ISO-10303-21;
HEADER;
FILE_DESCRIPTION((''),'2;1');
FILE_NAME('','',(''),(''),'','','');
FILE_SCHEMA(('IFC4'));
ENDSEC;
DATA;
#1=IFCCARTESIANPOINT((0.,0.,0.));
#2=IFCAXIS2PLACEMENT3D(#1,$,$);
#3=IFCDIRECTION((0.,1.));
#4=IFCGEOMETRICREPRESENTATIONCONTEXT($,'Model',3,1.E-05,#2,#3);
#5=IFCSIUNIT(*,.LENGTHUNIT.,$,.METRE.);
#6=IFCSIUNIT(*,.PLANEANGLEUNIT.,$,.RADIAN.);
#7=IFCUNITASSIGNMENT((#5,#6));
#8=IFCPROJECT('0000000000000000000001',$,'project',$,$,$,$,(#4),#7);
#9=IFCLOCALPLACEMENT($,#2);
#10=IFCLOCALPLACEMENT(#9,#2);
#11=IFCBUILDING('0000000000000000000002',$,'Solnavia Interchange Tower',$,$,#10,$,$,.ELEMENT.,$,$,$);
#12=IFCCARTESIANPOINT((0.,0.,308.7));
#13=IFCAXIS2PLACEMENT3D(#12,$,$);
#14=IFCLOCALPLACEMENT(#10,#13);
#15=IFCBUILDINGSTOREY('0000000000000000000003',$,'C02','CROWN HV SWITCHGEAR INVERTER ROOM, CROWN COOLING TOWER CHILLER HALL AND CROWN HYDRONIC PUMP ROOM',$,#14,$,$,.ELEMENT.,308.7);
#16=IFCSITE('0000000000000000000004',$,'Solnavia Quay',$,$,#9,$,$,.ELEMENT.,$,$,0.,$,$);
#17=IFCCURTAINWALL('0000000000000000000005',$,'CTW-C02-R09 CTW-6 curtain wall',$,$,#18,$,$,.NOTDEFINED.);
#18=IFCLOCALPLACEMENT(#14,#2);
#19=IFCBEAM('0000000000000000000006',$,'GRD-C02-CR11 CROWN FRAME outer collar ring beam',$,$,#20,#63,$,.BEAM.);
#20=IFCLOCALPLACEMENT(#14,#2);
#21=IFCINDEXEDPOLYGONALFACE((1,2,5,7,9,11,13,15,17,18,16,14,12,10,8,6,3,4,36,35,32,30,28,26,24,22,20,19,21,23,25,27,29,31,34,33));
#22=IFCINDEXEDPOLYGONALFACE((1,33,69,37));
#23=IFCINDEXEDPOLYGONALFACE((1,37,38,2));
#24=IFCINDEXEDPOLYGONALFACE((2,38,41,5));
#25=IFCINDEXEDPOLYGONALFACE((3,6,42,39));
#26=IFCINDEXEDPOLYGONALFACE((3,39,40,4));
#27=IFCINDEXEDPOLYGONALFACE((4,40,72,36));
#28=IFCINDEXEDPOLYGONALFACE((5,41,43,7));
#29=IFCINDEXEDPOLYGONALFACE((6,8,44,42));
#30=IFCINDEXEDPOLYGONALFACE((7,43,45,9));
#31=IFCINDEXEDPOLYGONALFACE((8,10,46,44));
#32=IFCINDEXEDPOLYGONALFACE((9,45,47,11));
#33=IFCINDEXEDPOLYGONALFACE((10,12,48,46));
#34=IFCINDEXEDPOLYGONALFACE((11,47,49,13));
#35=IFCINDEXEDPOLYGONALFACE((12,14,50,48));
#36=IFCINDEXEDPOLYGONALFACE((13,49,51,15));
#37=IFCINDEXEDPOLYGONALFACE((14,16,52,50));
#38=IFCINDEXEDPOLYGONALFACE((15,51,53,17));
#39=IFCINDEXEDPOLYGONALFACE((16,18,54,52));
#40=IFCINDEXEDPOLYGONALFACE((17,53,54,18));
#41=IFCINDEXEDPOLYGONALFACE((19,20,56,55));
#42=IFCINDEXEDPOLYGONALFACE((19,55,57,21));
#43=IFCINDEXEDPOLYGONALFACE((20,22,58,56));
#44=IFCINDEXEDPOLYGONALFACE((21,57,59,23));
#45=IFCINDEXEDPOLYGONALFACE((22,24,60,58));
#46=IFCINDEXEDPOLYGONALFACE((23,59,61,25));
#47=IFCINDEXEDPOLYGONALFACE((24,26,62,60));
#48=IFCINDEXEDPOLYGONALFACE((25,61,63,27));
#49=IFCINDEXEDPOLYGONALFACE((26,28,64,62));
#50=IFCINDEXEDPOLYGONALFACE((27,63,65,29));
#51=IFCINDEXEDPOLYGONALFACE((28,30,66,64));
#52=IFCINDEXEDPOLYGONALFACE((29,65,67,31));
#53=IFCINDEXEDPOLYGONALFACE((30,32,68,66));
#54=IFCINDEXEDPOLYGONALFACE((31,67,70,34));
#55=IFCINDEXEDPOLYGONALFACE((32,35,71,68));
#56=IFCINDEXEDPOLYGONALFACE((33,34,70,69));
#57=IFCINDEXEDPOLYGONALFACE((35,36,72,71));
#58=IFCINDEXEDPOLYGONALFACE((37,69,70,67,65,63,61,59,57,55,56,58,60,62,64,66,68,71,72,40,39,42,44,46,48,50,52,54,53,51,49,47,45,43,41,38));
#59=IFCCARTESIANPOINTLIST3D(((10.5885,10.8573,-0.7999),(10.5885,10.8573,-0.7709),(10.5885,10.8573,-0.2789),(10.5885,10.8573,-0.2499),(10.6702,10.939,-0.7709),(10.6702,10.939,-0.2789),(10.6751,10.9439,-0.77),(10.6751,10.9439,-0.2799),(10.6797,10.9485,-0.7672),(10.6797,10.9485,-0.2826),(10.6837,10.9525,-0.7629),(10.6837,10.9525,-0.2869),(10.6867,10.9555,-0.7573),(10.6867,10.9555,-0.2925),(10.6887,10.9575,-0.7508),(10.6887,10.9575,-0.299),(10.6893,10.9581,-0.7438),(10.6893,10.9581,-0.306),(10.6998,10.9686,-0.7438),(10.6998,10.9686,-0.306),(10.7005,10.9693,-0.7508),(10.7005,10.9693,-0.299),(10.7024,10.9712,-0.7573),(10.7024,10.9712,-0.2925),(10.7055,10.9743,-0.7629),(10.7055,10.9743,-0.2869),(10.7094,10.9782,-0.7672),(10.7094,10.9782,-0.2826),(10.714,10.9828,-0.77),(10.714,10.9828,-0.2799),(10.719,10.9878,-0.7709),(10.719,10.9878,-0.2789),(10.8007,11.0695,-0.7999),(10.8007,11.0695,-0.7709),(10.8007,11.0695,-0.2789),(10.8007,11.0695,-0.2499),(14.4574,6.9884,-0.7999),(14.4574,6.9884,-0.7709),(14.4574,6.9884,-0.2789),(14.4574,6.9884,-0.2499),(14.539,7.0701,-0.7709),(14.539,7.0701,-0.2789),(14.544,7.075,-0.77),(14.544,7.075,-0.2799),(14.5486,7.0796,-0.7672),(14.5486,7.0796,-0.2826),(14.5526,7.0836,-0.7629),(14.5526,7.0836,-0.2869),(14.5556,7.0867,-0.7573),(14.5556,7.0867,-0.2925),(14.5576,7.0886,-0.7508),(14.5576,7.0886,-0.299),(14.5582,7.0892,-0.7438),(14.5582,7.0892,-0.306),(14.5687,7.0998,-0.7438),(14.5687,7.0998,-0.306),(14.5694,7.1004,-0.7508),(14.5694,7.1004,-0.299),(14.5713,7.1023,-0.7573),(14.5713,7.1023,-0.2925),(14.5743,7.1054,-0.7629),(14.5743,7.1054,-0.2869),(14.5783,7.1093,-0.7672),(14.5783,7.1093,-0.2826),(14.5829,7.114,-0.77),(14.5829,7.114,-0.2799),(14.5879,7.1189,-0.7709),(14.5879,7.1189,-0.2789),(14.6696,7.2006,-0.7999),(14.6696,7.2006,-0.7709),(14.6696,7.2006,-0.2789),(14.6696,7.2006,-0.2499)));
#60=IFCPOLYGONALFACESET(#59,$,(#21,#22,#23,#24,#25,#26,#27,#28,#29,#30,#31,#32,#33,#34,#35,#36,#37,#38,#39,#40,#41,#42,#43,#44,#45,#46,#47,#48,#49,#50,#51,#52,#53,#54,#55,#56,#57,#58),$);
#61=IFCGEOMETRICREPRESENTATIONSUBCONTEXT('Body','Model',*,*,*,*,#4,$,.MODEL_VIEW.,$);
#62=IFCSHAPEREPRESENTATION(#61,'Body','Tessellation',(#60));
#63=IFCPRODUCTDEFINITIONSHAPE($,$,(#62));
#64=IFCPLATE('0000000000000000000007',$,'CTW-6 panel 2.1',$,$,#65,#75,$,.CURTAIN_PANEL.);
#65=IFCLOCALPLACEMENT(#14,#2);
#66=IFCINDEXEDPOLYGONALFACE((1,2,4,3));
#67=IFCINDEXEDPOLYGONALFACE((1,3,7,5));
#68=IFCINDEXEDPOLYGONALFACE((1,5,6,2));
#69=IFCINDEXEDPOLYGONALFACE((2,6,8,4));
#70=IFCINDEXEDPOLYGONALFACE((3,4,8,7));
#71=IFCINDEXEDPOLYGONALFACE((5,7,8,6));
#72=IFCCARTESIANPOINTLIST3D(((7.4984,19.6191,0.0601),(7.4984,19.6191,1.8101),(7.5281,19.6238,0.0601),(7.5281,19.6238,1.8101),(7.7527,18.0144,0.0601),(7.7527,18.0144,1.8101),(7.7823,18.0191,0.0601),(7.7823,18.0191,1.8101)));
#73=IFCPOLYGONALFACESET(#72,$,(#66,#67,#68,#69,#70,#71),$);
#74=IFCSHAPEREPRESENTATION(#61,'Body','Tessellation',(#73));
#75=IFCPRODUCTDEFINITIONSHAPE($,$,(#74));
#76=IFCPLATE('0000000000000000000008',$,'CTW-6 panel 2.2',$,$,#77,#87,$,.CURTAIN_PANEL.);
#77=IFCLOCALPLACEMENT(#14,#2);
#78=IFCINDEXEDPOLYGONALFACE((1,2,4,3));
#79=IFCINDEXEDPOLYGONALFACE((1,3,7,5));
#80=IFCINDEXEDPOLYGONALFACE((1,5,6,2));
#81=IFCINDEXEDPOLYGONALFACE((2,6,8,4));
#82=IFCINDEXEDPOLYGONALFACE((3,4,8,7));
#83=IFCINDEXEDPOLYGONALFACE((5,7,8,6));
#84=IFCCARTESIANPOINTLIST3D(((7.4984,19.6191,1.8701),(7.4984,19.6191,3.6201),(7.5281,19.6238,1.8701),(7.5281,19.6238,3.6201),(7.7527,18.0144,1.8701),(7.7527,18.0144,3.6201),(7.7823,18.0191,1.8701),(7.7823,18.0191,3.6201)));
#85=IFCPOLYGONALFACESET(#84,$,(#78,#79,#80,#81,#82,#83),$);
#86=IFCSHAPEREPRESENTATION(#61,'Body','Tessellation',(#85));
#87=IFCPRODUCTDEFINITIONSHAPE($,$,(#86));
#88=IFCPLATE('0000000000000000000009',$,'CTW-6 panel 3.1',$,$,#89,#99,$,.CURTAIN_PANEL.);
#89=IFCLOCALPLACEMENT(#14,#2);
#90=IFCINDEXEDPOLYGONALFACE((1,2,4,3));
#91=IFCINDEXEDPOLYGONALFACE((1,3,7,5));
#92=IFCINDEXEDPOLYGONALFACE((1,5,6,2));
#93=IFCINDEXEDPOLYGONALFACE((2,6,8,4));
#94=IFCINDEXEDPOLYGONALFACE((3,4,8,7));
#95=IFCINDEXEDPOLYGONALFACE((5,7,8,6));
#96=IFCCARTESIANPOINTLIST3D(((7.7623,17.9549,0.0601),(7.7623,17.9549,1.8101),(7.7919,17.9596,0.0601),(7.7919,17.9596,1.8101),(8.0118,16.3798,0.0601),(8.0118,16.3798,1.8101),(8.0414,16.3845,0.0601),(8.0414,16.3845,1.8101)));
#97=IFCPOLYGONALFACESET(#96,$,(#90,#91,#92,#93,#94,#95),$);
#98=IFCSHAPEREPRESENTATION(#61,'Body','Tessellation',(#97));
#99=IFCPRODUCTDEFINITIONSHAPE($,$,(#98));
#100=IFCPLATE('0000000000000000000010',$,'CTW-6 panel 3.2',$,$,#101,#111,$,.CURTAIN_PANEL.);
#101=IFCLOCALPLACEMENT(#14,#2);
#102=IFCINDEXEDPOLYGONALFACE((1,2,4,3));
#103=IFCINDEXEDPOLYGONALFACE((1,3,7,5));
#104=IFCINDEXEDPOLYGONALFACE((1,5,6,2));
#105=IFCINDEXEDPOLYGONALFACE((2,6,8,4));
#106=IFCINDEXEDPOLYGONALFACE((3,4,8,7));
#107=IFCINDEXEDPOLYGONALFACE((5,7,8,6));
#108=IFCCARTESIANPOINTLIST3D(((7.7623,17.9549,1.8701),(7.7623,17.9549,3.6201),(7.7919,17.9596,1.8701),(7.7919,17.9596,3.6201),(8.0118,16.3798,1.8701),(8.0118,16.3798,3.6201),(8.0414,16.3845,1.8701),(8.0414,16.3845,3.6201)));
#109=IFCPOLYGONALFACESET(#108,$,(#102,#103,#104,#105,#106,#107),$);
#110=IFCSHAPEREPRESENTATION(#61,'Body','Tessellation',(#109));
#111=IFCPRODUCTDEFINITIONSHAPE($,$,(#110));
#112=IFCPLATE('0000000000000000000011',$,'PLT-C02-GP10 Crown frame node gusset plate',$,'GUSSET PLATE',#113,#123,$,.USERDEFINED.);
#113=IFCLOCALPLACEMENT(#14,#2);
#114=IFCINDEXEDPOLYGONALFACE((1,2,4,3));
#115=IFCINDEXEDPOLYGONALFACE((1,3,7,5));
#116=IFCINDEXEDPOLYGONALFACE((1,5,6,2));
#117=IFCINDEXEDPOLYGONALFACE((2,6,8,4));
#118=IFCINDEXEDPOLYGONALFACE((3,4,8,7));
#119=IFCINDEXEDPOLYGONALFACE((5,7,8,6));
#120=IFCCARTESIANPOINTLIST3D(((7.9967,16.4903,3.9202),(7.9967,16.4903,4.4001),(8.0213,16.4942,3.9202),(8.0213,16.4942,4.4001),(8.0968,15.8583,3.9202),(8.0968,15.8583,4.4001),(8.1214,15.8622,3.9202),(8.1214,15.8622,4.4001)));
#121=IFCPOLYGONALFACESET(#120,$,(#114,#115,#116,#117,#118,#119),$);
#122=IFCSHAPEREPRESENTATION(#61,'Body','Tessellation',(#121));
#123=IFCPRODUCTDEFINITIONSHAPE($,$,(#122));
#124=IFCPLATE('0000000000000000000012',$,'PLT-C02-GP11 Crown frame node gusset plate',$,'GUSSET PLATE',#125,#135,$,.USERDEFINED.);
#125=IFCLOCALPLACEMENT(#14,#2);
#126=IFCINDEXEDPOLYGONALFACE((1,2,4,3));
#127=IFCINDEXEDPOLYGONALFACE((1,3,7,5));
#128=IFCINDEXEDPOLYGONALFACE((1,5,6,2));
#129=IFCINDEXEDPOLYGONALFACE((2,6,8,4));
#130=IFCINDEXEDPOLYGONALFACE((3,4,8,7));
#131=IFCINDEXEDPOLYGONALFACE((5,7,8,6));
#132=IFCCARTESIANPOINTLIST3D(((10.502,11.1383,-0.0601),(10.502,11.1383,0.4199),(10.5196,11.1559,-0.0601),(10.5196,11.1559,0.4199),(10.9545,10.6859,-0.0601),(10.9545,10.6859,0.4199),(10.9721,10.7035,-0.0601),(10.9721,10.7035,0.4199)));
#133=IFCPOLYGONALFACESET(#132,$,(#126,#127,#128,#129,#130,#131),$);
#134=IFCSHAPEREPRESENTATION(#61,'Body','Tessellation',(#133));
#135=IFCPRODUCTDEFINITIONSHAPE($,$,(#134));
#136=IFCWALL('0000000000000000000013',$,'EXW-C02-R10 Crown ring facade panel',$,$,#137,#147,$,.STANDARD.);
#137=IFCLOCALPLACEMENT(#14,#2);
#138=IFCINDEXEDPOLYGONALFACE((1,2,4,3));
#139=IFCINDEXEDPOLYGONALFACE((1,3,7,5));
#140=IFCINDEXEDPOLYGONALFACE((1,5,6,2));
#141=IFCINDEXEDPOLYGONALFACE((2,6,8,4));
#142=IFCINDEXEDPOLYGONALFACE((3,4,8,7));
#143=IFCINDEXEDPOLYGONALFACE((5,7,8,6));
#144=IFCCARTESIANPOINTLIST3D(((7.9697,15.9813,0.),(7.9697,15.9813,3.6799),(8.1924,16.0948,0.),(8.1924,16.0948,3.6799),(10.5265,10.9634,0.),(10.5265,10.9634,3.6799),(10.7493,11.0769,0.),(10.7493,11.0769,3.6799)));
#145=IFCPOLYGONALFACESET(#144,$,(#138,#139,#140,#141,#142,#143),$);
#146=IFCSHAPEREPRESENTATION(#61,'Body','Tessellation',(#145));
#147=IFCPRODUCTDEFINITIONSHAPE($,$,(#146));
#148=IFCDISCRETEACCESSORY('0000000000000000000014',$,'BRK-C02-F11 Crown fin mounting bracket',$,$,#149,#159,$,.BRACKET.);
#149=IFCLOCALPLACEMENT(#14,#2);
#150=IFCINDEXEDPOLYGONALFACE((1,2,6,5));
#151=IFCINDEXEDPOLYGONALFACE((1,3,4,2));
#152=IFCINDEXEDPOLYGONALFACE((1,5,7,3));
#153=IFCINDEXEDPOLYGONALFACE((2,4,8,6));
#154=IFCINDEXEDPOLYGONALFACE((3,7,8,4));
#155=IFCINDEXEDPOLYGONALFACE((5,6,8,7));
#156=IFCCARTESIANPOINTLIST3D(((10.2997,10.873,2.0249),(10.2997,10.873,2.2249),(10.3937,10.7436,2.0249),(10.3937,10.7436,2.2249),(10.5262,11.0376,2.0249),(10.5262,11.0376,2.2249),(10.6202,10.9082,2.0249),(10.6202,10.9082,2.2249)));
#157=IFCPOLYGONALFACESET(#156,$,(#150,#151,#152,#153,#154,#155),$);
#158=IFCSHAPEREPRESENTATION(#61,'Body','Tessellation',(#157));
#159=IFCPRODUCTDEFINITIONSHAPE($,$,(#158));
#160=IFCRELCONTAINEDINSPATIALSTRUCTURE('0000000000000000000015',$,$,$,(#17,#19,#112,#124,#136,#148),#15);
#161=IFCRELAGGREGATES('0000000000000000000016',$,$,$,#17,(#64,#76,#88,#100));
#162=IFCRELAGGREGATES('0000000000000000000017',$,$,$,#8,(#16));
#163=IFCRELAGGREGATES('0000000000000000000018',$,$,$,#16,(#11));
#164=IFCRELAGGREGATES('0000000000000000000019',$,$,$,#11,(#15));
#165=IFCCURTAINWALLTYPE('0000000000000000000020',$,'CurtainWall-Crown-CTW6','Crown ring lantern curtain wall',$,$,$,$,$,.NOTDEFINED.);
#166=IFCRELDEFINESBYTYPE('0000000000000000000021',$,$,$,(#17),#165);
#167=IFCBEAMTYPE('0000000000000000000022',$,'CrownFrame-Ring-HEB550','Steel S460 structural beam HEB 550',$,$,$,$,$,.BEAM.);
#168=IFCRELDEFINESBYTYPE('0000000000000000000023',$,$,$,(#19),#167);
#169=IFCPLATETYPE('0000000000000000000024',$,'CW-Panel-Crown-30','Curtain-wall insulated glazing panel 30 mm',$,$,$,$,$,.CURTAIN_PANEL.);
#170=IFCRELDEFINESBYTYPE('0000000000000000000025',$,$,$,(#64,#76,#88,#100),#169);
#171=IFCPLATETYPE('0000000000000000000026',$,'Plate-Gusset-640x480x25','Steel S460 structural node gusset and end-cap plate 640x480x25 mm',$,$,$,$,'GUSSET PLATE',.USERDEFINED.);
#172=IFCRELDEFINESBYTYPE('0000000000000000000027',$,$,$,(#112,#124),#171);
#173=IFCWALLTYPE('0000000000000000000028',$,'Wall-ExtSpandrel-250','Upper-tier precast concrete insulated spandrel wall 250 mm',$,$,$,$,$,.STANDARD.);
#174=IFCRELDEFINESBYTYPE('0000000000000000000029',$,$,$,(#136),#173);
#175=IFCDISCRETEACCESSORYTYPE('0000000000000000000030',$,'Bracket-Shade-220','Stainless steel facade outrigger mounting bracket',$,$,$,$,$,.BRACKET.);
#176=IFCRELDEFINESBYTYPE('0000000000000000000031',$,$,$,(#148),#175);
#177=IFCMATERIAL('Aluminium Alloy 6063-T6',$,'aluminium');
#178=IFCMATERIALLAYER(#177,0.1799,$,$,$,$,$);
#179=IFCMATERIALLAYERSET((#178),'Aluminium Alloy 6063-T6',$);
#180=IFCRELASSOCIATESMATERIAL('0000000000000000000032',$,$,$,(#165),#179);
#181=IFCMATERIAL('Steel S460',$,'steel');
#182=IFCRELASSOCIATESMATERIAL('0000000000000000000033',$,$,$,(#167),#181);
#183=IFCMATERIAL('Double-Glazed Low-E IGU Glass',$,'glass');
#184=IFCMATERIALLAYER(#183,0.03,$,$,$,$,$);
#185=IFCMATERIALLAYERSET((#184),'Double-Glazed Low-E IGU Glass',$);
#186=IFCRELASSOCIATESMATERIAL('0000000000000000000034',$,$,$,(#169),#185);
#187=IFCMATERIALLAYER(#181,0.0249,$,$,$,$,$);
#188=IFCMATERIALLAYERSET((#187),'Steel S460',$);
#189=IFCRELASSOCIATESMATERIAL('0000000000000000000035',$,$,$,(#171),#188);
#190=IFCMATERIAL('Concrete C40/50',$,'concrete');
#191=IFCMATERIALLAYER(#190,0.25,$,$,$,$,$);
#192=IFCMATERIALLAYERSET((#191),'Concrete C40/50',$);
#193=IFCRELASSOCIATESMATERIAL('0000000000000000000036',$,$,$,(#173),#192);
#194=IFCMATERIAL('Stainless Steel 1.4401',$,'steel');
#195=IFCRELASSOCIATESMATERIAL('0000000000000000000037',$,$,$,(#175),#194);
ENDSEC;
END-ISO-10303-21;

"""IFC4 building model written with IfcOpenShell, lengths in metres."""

from ifc_helpers import new_model, si_unit, direction, frame, frame_2d, origin, origin_2d, place, context, subcontext, project, spatial, rectangle, i_section, extrude, material, layer, layer_set, material_profile, profile_set, type_object, element, aggregate, save


model = new_model("IFC4")

# Units and contexts
model_context = context("Model", 3, precision=1e-05, world=origin(), true_north=direction((0.0, 1.0)))
body_context = subcontext(model_context, "Body", "Model", "MODEL_VIEW")
ifc_project = project(units=[si_unit("LENGTHUNIT", "METRE"), si_unit("PLANEANGLEUNIT", "RADIAN")], contexts=[model_context])

# Site, building, storey
site_placement = place(None, origin())
site = spatial("IfcSite", under=ifc_project, at=site_placement, Name="Solnavia Quay", CompositionType="ELEMENT", RefElevation=0.0)
building_placement = place(site_placement, origin())
building = spatial("IfcBuilding", under=site, at=building_placement, Name="Solnavia Interchange Tower", CompositionType="ELEMENT")
storey_placement = place(building_placement, frame((0.0, 0.0, 308.7)))
storey = spatial("IfcBuildingStorey", under=building, at=storey_placement, Name="C02", Description="CROWN HV SWITCHGEAR INVERTER ROOM, CROWN COOLING TOWER CHILLER HALL AND CROWN HYDRONIC PUMP ROOM", CompositionType="ELEMENT", Elevation=308.7)

# Shared definitions
ifc_material_1 = material(Name="Steel S460", Category="steel")

# Curtain wall
ifc_material_2 = material(Name="Aluminium Alloy 6063-T6", Category="aluminium")
ifc_layer_1 = layer(ifc_material_2, 0.1799)
ifc_layer_set_1 = layer_set([ifc_layer_1], Name="Aluminium Alloy 6063-T6")
curtain_wall_type = type_object("IfcCurtainWallType", Name="CurtainWall-Crown-CTW6", Description="Crown ring lantern curtain wall", PredefinedType="NOTDEFINED", material=ifc_layer_set_1)
curtain_wall_placement = place(storey_placement, origin())
curtain_wall = element("IfcCurtainWall", 1, at=curtain_wall_placement, inside=storey, type_object=curtain_wall_type, Name="CTW-C02-R09 CTW-6 curtain wall", PredefinedType="NOTDEFINED")

# Beam
ifc_material_profile_1 = material_profile(ifc_material_1, i_section(OverallWidth=0.3, OverallDepth=0.55, WebThickness=0.0149, FlangeThickness=0.0291, FilletRadius=0.0271, at=origin_2d()), Name="HEB 550")
ifc_profile_set_1 = profile_set([ifc_material_profile_1], Name="Steel S460")
beam_type = type_object("IfcBeamType", Name="CrownFrame-Ring-HEB550", Description="Steel S460 structural beam HEB 550", PredefinedType="BEAM", material=ifc_profile_set_1)
beam_1_placement = place(storey_placement, frame((10.6946, 10.9634, -0.5249), z_axis=(0.707107, -0.707107, 0.0), x_axis=(0.707107, 0.707107, 0.0)))
element("IfcBeam", 2, at=beam_1_placement, inside=storey, type_object=beam_type, Name="GRD-C02-CR11 CROWN FRAME outer collar ring beam", PredefinedType="BEAM", context=body_context, shape_type="SweptSolid", body=[
    extrude(i_section(OverallWidth=0.3, OverallDepth=0.55, WebThickness=0.0149, FlangeThickness=0.0291, FilletRadius=0.0271, at=origin_2d()), origin(), (0.0, 0.0, 1.0), 5.4714),
])

# Plates
ifc_material_3 = material(Name="Double-Glazed Low-E IGU Glass", Category="glass")
ifc_layer_2 = layer(ifc_material_3, 0.03)
ifc_layer_set_2 = layer_set([ifc_layer_2], Name="Double-Glazed Low-E IGU Glass")
plate_type_1 = type_object("IfcPlateType", Name="CW-Panel-Crown-30", Description="Curtain-wall insulated glazing panel 30 mm", PredefinedType="CURTAIN_PANEL", material=ifc_layer_set_2)
plate_1_placement = place(storey_placement, frame((7.6404, 18.8191, 0.0601), z_axis=(0.0, 0.0, 1.0), x_axis=(0.156456, -0.987685, 0.0)))
plate_1 = element("IfcPlate", 3, at=plate_1_placement, type_object=plate_type_1, Name="CTW-6 panel 2.1", PredefinedType="CURTAIN_PANEL", context=body_context, shape_type="SweptSolid", body=[
    extrude(rectangle(XDim=1.6248, YDim=0.03, at=origin_2d()), origin(), (0.0, 0.0, 1.0), 1.75),
])
plate_2_placement = place(storey_placement, frame((7.6404, 18.8191, 1.8701), z_axis=(0.0, 0.0, 1.0), x_axis=(0.156456, -0.987685, 0.0)))
plate_2 = element("IfcPlate", 4, at=plate_2_placement, type_object=plate_type_1, Name="CTW-6 panel 2.2", PredefinedType="CURTAIN_PANEL", context=body_context, shape_type="SweptSolid", body=[
    extrude(rectangle(XDim=1.6248, YDim=0.03, at=origin_2d()), origin(), (0.0, 0.0, 1.0), 1.75),
])
plate_3_placement = place(storey_placement, frame((7.9019, 17.1697, 0.0601), z_axis=(0.0, 0.0, 1.0), x_axis=(0.156456, -0.987685, 0.0)))
plate_3 = element("IfcPlate", 5, at=plate_3_placement, type_object=plate_type_1, Name="CTW-6 panel 3.1", PredefinedType="CURTAIN_PANEL", context=body_context, shape_type="SweptSolid", body=[
    extrude(rectangle(XDim=1.5947, YDim=0.03, at=origin_2d()), origin(), (0.0, 0.0, 1.0), 1.75),
])
plate_4_placement = place(storey_placement, frame((7.9019, 17.1697, 1.8701), z_axis=(0.0, 0.0, 1.0), x_axis=(0.156456, -0.987685, 0.0)))
plate_4 = element("IfcPlate", 6, at=plate_4_placement, type_object=plate_type_1, Name="CTW-6 panel 3.2", PredefinedType="CURTAIN_PANEL", context=body_context, shape_type="SweptSolid", body=[
    extrude(rectangle(XDim=1.5947, YDim=0.03, at=origin_2d()), origin(), (0.0, 0.0, 1.0), 1.75),
])
aggregate(curtain_wall, [plate_1, plate_2, plate_3, plate_4])

# Plates
ifc_layer_3 = layer(ifc_material_1, 0.0249)
ifc_layer_set_3 = layer_set([ifc_layer_3], Name="Steel S460")
plate_type_2 = type_object("IfcPlateType", Name="Plate-Gusset-640x480x25", Description="Steel S460 structural node gusset and end-cap plate 640x480x25 mm", ElementType="GUSSET PLATE", PredefinedType="USERDEFINED", material=ifc_layer_set_3)
for number, where, z_axis, x_axis, name in (
    (7, (8.0591, 16.1763, 3.9202), (0.0, 0.0, 1.0), (0.156434, -0.987688, 0.0), "PLT-C02-GP10 Crown frame node gusset plate"),
    (8, (10.7371, 10.9209, -0.0601), (0.0, 0.0, 1.0), (0.707107, -0.707107, 0.0), "PLT-C02-GP11 Crown frame node gusset plate"),
):
    element("IfcPlate", number, at=place(storey_placement, frame(where, z_axis=z_axis, x_axis=x_axis)), inside=storey, type_object=plate_type_2, Name=name, ObjectType="GUSSET PLATE", PredefinedType="USERDEFINED", context=body_context, shape_type="SweptSolid", body=[
        extrude(rectangle(XDim=0.6399, YDim=0.0249, at=origin_2d()), origin(), (0.0, 0.0, 1.0), 0.48),
    ])

# Wall
ifc_material_4 = material(Name="Concrete C40/50", Category="concrete")
ifc_layer_4 = layer(ifc_material_4, 0.25)
ifc_layer_set_4 = layer_set([ifc_layer_4], Name="Concrete C40/50")
wall_type = type_object("IfcWallType", Name="Wall-ExtSpandrel-250", Description="Upper-tier precast concrete insulated spandrel wall 250 mm", PredefinedType="STANDARD", material=ifc_layer_set_4)
wall_placement = place(storey_placement, frame((8.0811, 16.0381, 0.0), z_axis=(0.0, 0.0, 1.0), x_axis=(0.453998, -0.891003, 0.0)))
element("IfcWall", 9, at=wall_placement, inside=storey, type_object=wall_type, Name="EXW-C02-R10 Crown ring facade panel", PredefinedType="STANDARD", context=body_context, shape_type="SweptSolid", body=[
    extrude(rectangle(XDim=5.6318, YDim=0.25, at=frame_2d((2.8159, 0.0))), origin(), (0.0, 0.0, 1.0), 3.6799),
])

# Discrete accessory
ifc_material_5 = material(Name="Stainless Steel 1.4401", Category="steel")
discrete_accessory_type = type_object("IfcDiscreteAccessoryType", Name="Bracket-Shade-220", Description="Stainless steel facade outrigger mounting bracket", PredefinedType="BRACKET", material=ifc_material_5)
discrete_accessory_placement = place(storey_placement, frame((10.46, 10.8906, 2.0249), z_axis=(0.0, 0.0, 1.0), x_axis=(-0.809017, -0.587785, 0.0)))
element("IfcDiscreteAccessory", 10, at=discrete_accessory_placement, inside=storey, type_object=discrete_accessory_type, Name="BRK-C02-F11 Crown fin mounting bracket", PredefinedType="BRACKET", context=body_context, shape_type="SweptSolid", body=[
    extrude(rectangle(XDim=0.28, YDim=0.1599, at=origin_2d()), origin(), (0.0, 0.0, 1.0), 0.2),
])

save(model, "model.ifc")
